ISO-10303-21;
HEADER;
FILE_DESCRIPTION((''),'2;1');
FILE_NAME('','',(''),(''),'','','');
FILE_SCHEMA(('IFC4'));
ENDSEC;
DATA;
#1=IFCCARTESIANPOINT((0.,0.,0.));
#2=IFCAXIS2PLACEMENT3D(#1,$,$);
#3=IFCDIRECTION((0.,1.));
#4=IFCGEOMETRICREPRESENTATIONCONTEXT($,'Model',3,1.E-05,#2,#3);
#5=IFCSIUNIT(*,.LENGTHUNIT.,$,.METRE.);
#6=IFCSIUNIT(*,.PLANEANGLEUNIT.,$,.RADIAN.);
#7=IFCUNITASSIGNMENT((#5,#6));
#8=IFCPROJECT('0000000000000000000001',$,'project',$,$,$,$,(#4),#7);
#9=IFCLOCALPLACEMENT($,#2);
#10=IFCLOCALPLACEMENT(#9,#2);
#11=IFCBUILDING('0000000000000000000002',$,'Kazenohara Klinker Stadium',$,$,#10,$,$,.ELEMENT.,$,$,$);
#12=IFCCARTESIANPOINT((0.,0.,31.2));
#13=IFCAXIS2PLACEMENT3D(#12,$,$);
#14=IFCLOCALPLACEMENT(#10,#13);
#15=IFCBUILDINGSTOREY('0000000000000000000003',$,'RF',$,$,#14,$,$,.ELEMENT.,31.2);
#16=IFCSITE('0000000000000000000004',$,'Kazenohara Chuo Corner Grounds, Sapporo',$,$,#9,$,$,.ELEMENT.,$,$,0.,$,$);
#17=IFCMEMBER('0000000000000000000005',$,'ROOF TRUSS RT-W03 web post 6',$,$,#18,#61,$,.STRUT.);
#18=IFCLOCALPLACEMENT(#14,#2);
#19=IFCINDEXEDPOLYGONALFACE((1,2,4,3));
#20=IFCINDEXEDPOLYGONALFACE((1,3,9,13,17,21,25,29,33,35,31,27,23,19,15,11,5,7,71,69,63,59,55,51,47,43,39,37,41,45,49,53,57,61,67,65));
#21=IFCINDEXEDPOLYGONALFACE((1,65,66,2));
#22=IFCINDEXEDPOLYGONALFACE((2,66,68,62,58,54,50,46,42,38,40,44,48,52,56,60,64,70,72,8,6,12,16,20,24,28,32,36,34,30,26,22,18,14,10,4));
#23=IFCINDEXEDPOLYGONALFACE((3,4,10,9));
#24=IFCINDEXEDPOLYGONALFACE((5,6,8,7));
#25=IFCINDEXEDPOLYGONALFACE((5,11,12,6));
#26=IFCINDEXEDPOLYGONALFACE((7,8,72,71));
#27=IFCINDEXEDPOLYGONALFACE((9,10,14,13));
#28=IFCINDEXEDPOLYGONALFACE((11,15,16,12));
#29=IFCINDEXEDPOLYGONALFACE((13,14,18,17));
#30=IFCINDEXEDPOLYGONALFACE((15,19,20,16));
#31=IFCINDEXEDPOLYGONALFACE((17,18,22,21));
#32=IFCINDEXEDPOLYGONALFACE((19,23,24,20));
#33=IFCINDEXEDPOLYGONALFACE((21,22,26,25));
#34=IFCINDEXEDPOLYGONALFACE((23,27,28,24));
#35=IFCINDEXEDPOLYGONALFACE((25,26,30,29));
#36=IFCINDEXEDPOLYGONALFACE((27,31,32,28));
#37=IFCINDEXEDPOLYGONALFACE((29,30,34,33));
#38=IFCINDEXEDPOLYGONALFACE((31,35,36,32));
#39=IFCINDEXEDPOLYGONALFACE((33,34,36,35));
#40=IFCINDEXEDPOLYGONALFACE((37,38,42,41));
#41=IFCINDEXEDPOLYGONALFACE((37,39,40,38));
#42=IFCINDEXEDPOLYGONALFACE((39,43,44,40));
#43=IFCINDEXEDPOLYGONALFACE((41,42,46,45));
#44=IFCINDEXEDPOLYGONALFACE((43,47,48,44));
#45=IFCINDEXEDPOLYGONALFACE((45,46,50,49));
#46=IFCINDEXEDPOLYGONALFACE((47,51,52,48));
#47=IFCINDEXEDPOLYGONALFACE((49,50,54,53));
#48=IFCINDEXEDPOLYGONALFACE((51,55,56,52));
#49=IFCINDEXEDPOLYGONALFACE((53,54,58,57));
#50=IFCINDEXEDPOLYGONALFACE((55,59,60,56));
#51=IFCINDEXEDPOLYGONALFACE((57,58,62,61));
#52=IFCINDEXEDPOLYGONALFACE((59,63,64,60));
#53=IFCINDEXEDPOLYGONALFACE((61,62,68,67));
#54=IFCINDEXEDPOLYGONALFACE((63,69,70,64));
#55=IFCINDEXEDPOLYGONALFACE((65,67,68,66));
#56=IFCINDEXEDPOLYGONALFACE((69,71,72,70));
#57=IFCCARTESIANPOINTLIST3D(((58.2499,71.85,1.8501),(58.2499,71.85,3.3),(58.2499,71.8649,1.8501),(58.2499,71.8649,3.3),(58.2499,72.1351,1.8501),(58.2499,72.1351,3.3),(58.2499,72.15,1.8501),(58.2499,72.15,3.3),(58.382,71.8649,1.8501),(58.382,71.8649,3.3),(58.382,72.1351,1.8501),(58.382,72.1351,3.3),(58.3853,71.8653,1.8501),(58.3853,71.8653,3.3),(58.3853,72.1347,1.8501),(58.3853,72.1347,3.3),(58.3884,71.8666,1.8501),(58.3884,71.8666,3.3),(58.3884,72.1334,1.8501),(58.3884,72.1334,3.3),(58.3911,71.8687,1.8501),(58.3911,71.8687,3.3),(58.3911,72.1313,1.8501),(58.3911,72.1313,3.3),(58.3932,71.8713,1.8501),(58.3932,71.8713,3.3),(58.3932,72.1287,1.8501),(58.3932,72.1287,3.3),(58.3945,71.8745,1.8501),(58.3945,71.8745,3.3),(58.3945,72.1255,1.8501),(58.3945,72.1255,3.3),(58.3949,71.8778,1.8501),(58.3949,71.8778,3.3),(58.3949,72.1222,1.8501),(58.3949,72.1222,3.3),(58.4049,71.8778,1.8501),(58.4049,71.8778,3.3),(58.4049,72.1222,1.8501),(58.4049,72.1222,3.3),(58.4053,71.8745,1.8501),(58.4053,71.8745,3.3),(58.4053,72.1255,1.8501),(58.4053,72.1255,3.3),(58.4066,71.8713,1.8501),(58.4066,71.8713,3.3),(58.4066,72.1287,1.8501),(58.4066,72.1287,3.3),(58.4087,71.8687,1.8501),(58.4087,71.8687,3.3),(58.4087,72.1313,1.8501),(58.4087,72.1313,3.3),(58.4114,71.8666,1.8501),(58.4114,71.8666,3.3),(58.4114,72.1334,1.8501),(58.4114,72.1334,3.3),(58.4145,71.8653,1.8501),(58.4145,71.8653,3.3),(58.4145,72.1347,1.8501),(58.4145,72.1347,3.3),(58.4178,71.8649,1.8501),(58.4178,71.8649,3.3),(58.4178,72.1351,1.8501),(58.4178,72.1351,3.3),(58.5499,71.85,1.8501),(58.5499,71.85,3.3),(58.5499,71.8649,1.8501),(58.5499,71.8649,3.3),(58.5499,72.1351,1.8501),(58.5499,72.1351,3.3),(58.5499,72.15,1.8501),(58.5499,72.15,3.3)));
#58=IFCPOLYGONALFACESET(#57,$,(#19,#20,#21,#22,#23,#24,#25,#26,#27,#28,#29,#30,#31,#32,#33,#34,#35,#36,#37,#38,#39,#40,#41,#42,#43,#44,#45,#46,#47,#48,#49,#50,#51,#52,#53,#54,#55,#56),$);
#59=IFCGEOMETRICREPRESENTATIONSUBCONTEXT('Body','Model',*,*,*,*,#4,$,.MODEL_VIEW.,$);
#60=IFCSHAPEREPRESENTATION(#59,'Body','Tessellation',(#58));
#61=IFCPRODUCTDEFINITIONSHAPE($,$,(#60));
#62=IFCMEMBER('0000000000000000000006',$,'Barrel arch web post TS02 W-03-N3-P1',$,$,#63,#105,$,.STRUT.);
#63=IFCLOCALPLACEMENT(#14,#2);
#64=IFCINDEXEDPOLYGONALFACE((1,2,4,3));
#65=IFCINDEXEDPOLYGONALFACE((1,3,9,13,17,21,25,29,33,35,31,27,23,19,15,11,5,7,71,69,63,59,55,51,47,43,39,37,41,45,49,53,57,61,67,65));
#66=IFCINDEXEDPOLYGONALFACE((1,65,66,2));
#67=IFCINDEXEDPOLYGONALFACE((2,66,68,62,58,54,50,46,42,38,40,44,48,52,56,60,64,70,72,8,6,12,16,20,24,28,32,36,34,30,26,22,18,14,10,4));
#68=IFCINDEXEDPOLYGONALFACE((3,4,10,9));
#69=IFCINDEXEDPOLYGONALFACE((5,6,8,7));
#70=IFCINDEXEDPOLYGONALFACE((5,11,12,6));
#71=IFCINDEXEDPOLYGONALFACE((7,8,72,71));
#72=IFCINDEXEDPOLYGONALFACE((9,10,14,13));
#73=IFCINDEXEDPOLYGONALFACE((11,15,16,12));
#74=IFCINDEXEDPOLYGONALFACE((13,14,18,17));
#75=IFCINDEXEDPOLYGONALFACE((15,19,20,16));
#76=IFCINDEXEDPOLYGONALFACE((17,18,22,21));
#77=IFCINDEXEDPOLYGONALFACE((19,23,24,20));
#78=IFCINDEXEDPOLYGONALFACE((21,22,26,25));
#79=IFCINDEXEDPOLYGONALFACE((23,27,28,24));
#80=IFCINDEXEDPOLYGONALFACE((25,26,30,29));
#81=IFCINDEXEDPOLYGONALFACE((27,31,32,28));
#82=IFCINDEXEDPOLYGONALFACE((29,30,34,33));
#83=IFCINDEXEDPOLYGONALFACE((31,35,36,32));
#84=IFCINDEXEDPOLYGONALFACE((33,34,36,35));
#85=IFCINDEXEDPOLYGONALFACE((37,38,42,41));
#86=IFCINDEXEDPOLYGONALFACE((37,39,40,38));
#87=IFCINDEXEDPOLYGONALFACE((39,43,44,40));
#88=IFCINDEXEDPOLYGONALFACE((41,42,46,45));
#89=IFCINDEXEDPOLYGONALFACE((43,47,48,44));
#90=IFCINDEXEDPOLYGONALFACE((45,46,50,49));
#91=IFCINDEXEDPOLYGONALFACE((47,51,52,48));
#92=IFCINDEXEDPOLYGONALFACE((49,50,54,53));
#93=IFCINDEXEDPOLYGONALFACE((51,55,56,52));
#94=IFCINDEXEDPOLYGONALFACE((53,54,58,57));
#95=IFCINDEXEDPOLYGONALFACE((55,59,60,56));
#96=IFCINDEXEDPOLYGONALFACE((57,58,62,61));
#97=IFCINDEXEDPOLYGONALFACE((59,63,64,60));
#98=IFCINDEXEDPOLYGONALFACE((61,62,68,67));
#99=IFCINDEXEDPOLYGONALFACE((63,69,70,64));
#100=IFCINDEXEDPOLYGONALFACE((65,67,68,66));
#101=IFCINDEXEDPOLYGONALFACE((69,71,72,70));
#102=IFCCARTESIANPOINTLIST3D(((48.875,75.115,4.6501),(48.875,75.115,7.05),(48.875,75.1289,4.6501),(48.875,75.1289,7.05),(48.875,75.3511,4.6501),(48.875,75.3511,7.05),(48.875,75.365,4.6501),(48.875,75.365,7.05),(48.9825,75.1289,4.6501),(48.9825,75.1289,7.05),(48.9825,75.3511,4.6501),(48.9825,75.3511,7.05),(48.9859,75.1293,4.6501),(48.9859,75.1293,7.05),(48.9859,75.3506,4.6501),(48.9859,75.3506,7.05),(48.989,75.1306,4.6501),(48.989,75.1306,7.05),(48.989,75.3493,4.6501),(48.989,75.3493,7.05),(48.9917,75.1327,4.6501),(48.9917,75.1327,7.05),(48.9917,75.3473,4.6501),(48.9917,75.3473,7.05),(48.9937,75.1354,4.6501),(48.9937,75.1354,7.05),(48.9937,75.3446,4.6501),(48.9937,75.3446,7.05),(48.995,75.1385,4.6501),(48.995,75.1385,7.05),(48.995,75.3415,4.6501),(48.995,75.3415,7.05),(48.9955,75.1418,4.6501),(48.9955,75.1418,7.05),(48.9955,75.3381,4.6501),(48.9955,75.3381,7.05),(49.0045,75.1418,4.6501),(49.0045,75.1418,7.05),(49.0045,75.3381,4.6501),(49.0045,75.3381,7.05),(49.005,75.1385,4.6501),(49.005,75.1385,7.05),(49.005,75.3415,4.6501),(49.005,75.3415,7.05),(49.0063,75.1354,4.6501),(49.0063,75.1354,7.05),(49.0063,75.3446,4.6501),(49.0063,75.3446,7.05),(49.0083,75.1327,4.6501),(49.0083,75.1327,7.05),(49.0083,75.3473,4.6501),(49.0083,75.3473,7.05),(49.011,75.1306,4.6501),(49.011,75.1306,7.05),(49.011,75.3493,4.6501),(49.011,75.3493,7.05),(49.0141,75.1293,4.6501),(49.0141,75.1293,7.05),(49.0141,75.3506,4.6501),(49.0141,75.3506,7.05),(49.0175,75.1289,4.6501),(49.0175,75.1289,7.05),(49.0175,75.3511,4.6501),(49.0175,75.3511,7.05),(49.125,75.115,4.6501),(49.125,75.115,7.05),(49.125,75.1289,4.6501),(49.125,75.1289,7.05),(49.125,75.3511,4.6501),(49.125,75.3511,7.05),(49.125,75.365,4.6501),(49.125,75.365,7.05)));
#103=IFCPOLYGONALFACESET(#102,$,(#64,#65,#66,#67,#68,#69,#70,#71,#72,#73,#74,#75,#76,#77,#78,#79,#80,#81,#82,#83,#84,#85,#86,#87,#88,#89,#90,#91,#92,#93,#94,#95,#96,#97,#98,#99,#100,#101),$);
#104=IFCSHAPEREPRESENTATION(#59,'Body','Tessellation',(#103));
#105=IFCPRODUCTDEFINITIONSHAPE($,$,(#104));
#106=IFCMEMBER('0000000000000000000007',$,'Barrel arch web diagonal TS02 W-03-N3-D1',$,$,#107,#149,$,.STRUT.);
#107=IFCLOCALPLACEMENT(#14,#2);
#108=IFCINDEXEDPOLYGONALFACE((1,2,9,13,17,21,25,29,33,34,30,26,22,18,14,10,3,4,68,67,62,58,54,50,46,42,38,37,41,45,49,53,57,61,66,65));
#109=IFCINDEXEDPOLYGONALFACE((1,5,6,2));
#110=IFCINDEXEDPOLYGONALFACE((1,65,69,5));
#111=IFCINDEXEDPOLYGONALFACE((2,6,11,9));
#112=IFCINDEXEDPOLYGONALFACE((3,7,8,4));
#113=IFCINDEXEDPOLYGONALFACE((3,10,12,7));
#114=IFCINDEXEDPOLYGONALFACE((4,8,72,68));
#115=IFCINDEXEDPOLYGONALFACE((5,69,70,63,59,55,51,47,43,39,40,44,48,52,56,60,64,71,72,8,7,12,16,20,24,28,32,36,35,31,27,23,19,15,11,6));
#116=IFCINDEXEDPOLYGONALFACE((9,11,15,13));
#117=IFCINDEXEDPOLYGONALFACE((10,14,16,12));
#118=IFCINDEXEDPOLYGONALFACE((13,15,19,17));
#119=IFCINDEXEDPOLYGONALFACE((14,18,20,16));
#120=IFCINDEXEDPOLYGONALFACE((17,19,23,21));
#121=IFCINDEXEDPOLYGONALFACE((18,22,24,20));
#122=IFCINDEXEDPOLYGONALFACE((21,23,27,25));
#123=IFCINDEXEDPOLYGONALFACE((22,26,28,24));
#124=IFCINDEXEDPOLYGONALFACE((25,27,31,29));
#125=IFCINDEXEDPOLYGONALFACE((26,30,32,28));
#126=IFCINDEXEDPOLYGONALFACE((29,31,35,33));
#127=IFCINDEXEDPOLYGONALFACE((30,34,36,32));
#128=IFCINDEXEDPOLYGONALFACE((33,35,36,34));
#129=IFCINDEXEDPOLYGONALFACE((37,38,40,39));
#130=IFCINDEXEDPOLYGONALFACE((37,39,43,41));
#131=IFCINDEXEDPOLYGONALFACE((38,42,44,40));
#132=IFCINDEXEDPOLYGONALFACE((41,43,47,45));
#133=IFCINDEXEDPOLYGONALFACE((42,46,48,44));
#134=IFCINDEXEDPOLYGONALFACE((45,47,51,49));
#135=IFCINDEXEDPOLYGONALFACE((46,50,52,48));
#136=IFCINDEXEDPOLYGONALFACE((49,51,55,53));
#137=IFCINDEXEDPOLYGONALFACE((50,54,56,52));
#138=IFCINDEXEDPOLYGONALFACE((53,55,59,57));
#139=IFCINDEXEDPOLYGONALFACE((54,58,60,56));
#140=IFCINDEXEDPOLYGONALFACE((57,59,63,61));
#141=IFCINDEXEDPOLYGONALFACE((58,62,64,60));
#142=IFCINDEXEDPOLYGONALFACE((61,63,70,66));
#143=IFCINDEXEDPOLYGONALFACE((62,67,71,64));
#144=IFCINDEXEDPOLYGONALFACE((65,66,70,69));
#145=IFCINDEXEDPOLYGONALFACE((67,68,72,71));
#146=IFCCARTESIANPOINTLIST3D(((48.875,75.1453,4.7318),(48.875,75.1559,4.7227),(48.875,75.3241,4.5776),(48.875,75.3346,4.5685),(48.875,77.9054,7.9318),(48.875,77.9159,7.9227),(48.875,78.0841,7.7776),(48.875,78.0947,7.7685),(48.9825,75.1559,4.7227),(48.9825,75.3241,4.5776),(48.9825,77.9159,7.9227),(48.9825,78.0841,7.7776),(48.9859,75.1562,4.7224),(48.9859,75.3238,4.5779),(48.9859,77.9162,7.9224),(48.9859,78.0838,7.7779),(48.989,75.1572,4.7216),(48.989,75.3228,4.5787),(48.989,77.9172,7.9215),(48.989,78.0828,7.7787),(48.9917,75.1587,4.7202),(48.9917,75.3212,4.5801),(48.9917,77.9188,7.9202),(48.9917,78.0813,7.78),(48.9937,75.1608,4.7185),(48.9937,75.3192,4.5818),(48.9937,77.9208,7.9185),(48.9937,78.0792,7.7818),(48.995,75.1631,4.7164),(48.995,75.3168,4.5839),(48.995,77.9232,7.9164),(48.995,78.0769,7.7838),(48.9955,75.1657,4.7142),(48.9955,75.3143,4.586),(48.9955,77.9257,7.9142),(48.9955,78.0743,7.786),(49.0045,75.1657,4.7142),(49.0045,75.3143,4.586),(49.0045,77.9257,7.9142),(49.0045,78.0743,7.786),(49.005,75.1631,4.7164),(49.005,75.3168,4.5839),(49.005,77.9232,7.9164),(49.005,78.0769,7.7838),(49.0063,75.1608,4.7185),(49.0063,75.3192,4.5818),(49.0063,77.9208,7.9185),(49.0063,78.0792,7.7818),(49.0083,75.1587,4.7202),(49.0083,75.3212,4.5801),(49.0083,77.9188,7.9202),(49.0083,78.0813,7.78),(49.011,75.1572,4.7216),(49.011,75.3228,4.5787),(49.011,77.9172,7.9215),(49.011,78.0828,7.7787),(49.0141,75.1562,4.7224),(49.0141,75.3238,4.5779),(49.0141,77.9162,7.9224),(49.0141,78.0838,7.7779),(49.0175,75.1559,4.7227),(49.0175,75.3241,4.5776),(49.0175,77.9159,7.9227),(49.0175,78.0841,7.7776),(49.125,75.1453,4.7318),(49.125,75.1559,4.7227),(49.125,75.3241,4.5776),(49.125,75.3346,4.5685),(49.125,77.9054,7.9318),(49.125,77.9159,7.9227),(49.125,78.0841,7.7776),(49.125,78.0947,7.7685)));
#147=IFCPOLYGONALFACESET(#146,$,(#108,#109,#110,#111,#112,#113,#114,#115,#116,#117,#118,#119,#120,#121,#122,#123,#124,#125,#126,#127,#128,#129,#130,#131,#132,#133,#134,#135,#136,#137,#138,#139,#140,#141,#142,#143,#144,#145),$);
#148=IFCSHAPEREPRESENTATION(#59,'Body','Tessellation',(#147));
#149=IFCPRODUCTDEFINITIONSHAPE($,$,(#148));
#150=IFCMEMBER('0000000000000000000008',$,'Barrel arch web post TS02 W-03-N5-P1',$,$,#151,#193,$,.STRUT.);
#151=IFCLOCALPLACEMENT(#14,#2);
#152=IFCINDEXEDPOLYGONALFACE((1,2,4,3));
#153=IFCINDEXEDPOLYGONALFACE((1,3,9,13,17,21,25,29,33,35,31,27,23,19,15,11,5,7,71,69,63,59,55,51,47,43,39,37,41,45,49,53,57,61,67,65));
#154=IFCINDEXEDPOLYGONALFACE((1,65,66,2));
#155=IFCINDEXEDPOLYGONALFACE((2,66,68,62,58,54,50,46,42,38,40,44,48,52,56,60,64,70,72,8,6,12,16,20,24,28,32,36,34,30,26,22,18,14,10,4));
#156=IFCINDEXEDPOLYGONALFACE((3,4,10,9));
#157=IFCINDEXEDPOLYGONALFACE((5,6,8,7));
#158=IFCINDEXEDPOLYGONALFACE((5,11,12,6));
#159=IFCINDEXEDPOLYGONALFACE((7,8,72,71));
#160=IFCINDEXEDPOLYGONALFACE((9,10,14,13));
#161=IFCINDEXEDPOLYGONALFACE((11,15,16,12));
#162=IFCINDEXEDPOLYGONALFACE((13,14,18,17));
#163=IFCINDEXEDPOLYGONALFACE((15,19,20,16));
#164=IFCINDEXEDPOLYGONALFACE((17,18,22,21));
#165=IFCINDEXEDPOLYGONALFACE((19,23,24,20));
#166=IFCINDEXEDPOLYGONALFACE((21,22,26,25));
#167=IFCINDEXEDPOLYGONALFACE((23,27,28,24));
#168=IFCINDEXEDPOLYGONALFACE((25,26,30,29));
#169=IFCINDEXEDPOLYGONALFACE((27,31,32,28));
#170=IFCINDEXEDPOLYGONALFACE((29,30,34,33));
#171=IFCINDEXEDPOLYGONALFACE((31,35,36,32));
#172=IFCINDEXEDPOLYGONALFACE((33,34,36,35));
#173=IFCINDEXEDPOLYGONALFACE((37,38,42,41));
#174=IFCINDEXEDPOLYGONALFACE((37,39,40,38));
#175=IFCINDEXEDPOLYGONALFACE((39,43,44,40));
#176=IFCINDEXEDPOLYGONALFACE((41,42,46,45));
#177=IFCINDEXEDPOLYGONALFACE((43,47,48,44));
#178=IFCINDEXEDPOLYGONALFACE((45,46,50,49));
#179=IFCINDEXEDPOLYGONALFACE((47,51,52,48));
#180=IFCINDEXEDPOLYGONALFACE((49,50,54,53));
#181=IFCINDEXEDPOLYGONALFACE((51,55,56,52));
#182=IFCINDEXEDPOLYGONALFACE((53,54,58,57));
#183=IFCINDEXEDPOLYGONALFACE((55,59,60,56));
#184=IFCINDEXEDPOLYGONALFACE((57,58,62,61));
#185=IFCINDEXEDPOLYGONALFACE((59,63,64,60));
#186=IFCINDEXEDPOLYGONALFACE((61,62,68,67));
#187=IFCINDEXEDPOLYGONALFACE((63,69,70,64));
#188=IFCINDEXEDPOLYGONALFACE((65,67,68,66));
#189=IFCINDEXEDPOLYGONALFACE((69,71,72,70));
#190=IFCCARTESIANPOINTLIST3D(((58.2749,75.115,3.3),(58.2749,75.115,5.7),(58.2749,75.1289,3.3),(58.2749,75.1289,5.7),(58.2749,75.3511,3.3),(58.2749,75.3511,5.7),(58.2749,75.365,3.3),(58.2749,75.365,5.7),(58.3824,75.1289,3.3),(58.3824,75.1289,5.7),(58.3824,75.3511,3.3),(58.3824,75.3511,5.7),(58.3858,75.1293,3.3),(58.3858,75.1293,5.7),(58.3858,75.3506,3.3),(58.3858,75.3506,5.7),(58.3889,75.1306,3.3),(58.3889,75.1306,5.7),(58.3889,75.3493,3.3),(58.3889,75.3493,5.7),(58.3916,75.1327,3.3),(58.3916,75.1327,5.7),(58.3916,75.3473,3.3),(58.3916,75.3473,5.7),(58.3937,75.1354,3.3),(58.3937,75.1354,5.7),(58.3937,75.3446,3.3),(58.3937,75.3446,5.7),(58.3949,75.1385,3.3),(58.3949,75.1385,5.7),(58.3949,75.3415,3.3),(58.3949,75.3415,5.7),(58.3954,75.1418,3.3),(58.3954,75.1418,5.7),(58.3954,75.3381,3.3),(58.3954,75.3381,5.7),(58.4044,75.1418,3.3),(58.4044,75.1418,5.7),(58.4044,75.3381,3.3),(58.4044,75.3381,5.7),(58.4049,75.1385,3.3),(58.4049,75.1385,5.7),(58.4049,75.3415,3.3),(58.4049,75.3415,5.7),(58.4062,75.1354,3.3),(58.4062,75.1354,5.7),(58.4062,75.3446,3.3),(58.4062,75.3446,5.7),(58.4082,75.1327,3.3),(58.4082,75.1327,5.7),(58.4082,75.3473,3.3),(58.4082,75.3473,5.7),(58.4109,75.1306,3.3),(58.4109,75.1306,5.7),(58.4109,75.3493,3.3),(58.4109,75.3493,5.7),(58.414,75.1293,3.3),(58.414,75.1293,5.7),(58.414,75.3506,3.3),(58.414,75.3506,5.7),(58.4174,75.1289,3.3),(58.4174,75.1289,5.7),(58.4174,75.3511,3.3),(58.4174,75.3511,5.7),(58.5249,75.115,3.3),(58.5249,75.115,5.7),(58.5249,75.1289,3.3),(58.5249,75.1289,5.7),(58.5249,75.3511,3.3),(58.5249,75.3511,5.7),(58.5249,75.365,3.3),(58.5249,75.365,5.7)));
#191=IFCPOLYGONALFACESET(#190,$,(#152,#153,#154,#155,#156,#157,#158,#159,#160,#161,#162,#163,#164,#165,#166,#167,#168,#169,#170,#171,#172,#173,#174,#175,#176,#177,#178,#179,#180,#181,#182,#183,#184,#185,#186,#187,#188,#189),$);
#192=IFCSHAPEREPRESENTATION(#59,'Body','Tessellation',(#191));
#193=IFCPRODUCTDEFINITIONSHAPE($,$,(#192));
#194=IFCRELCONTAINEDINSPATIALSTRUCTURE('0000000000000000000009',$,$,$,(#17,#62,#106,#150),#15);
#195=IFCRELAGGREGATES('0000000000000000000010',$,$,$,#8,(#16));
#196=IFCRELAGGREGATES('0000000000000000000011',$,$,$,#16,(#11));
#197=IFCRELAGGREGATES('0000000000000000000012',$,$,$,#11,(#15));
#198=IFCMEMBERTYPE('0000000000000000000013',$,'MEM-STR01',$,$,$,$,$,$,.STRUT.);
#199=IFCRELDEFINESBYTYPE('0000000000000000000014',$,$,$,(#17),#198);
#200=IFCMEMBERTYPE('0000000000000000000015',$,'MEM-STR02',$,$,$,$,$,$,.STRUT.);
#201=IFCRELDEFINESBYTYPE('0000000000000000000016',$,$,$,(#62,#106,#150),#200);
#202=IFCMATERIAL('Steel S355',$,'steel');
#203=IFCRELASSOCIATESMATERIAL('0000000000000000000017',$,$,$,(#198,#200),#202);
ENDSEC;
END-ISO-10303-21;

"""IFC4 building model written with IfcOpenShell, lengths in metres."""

from ifc_helpers import new_model, si_unit, direction, frame, origin, origin_2d, place, context, subcontext, project, spatial, i_section, extrude, material, material_profile, profile_set, type_object, element, save


model = new_model("IFC4")

# Units and contexts
model_context = context("Model", 3, precision=1e-05, world=origin(), true_north=direction((0.0, 1.0)))
body_context = subcontext(model_context, "Body", "Model", "MODEL_VIEW")
ifc_project = project(units=[si_unit("LENGTHUNIT", "METRE"), si_unit("PLANEANGLEUNIT", "RADIAN")], contexts=[model_context])

# Site, building, storey
site_placement = place(None, origin())
site = spatial("IfcSite", under=ifc_project, at=site_placement, Name="Kazenohara Chuo Corner Grounds, Sapporo", CompositionType="ELEMENT", RefElevation=0.0)
building_placement = place(site_placement, origin())
building = spatial("IfcBuilding", under=site, at=building_placement, Name="Kazenohara Klinker Stadium", CompositionType="ELEMENT")
storey_placement = place(building_placement, frame((0.0, 0.0, 31.2)))
storey = spatial("IfcBuildingStorey", under=building, at=storey_placement, Name="RF", CompositionType="ELEMENT", Elevation=31.2)

# Members
ifc_material_1 = material(Name="Steel S355", Category="steel")
ifc_material_profile_1 = material_profile(ifc_material_1, i_section(OverallWidth=0.3, OverallDepth=0.3, WebThickness=0.01, FlangeThickness=0.0149, FilletRadius=0.0129, at=origin_2d()), Name="H-300x300x10x15")
ifc_profile_set_1 = profile_set([ifc_material_profile_1], Name="Steel S355")
member_type_1 = type_object("IfcMemberType", Name="MEM-STR01", PredefinedType="STRUT", material=ifc_profile_set_1)
member_1_placement = place(storey_placement, frame((58.3999, 72.0, 1.8501), z_axis=(0.0, 0.0, 1.0), x_axis=(1.0, 0.0, 0.0)))
element("IfcMember", 1, at=member_1_placement, inside=storey, type_object=member_type_1, Name="ROOF TRUSS RT-W03 web post 6", PredefinedType="STRUT", context=body_context, shape_type="SweptSolid", body=[
    extrude(i_section(OverallWidth=0.3, OverallDepth=0.3, WebThickness=0.01, FlangeThickness=0.0149, FilletRadius=0.0129, at=origin_2d()), origin(), (0.0, 0.0, 1.0), 1.45),
])
ifc_material_profile_2 = material_profile(ifc_material_1, i_section(OverallWidth=0.25, OverallDepth=0.25, WebThickness=0.009, FlangeThickness=0.0139, FilletRadius=0.0129, at=origin_2d()), Name="H-250x250x9x14")
ifc_profile_set_2 = profile_set([ifc_material_profile_2], Name="Steel S355")
member_type_2 = type_object("IfcMemberType", Name="MEM-STR02", PredefinedType="STRUT", material=ifc_profile_set_2)
member_2_placement = place(storey_placement, frame((49.0, 75.24, 4.6501), z_axis=(0.0, 0.0, 1.0), x_axis=(1.0, 0.0, 0.0)))
element("IfcMember", 2, at=member_2_placement, inside=storey, type_object=member_type_2, Name="Barrel arch web post TS02 W-03-N3-P1", PredefinedType="STRUT", context=body_context, shape_type="SweptSolid", body=[
    extrude(i_section(OverallWidth=0.25, OverallDepth=0.25, WebThickness=0.009, FlangeThickness=0.0139, FilletRadius=0.0129, at=origin_2d()), origin(), (0.0, 0.0, 1.0), 2.3999),
])
member_3_placement = place(storey_placement, frame((49.0, 75.24, 4.6501), z_axis=(0.0, 0.653134, 0.757242), x_axis=(-1.0, 0.0, 0.0)))
element("IfcMember", 3, at=member_3_placement, inside=storey, type_object=member_type_2, Name="Barrel arch web diagonal TS02 W-03-N3-D1", PredefinedType="STRUT", context=body_context, shape_type="SweptSolid", body=[
    extrude(i_section(OverallWidth=0.25, OverallDepth=0.25, WebThickness=0.009, FlangeThickness=0.0139, FilletRadius=0.0129, at=origin_2d()), origin(), (0.0, 0.0, 1.0), 4.2258),
])
member_4_placement = place(storey_placement, frame((58.3999, 75.24, 3.3), z_axis=(0.0, 0.0, 1.0), x_axis=(1.0, 0.0, 0.0)))
element("IfcMember", 4, at=member_4_placement, inside=storey, type_object=member_type_2, Name="Barrel arch web post TS02 W-03-N5-P1", PredefinedType="STRUT", context=body_context, shape_type="SweptSolid", body=[
    extrude(i_section(OverallWidth=0.25, OverallDepth=0.25, WebThickness=0.009, FlangeThickness=0.0139, FilletRadius=0.0129, at=origin_2d()), origin(), (0.0, 0.0, 1.0), 2.3999),
])

save(model, "model.ifc")
